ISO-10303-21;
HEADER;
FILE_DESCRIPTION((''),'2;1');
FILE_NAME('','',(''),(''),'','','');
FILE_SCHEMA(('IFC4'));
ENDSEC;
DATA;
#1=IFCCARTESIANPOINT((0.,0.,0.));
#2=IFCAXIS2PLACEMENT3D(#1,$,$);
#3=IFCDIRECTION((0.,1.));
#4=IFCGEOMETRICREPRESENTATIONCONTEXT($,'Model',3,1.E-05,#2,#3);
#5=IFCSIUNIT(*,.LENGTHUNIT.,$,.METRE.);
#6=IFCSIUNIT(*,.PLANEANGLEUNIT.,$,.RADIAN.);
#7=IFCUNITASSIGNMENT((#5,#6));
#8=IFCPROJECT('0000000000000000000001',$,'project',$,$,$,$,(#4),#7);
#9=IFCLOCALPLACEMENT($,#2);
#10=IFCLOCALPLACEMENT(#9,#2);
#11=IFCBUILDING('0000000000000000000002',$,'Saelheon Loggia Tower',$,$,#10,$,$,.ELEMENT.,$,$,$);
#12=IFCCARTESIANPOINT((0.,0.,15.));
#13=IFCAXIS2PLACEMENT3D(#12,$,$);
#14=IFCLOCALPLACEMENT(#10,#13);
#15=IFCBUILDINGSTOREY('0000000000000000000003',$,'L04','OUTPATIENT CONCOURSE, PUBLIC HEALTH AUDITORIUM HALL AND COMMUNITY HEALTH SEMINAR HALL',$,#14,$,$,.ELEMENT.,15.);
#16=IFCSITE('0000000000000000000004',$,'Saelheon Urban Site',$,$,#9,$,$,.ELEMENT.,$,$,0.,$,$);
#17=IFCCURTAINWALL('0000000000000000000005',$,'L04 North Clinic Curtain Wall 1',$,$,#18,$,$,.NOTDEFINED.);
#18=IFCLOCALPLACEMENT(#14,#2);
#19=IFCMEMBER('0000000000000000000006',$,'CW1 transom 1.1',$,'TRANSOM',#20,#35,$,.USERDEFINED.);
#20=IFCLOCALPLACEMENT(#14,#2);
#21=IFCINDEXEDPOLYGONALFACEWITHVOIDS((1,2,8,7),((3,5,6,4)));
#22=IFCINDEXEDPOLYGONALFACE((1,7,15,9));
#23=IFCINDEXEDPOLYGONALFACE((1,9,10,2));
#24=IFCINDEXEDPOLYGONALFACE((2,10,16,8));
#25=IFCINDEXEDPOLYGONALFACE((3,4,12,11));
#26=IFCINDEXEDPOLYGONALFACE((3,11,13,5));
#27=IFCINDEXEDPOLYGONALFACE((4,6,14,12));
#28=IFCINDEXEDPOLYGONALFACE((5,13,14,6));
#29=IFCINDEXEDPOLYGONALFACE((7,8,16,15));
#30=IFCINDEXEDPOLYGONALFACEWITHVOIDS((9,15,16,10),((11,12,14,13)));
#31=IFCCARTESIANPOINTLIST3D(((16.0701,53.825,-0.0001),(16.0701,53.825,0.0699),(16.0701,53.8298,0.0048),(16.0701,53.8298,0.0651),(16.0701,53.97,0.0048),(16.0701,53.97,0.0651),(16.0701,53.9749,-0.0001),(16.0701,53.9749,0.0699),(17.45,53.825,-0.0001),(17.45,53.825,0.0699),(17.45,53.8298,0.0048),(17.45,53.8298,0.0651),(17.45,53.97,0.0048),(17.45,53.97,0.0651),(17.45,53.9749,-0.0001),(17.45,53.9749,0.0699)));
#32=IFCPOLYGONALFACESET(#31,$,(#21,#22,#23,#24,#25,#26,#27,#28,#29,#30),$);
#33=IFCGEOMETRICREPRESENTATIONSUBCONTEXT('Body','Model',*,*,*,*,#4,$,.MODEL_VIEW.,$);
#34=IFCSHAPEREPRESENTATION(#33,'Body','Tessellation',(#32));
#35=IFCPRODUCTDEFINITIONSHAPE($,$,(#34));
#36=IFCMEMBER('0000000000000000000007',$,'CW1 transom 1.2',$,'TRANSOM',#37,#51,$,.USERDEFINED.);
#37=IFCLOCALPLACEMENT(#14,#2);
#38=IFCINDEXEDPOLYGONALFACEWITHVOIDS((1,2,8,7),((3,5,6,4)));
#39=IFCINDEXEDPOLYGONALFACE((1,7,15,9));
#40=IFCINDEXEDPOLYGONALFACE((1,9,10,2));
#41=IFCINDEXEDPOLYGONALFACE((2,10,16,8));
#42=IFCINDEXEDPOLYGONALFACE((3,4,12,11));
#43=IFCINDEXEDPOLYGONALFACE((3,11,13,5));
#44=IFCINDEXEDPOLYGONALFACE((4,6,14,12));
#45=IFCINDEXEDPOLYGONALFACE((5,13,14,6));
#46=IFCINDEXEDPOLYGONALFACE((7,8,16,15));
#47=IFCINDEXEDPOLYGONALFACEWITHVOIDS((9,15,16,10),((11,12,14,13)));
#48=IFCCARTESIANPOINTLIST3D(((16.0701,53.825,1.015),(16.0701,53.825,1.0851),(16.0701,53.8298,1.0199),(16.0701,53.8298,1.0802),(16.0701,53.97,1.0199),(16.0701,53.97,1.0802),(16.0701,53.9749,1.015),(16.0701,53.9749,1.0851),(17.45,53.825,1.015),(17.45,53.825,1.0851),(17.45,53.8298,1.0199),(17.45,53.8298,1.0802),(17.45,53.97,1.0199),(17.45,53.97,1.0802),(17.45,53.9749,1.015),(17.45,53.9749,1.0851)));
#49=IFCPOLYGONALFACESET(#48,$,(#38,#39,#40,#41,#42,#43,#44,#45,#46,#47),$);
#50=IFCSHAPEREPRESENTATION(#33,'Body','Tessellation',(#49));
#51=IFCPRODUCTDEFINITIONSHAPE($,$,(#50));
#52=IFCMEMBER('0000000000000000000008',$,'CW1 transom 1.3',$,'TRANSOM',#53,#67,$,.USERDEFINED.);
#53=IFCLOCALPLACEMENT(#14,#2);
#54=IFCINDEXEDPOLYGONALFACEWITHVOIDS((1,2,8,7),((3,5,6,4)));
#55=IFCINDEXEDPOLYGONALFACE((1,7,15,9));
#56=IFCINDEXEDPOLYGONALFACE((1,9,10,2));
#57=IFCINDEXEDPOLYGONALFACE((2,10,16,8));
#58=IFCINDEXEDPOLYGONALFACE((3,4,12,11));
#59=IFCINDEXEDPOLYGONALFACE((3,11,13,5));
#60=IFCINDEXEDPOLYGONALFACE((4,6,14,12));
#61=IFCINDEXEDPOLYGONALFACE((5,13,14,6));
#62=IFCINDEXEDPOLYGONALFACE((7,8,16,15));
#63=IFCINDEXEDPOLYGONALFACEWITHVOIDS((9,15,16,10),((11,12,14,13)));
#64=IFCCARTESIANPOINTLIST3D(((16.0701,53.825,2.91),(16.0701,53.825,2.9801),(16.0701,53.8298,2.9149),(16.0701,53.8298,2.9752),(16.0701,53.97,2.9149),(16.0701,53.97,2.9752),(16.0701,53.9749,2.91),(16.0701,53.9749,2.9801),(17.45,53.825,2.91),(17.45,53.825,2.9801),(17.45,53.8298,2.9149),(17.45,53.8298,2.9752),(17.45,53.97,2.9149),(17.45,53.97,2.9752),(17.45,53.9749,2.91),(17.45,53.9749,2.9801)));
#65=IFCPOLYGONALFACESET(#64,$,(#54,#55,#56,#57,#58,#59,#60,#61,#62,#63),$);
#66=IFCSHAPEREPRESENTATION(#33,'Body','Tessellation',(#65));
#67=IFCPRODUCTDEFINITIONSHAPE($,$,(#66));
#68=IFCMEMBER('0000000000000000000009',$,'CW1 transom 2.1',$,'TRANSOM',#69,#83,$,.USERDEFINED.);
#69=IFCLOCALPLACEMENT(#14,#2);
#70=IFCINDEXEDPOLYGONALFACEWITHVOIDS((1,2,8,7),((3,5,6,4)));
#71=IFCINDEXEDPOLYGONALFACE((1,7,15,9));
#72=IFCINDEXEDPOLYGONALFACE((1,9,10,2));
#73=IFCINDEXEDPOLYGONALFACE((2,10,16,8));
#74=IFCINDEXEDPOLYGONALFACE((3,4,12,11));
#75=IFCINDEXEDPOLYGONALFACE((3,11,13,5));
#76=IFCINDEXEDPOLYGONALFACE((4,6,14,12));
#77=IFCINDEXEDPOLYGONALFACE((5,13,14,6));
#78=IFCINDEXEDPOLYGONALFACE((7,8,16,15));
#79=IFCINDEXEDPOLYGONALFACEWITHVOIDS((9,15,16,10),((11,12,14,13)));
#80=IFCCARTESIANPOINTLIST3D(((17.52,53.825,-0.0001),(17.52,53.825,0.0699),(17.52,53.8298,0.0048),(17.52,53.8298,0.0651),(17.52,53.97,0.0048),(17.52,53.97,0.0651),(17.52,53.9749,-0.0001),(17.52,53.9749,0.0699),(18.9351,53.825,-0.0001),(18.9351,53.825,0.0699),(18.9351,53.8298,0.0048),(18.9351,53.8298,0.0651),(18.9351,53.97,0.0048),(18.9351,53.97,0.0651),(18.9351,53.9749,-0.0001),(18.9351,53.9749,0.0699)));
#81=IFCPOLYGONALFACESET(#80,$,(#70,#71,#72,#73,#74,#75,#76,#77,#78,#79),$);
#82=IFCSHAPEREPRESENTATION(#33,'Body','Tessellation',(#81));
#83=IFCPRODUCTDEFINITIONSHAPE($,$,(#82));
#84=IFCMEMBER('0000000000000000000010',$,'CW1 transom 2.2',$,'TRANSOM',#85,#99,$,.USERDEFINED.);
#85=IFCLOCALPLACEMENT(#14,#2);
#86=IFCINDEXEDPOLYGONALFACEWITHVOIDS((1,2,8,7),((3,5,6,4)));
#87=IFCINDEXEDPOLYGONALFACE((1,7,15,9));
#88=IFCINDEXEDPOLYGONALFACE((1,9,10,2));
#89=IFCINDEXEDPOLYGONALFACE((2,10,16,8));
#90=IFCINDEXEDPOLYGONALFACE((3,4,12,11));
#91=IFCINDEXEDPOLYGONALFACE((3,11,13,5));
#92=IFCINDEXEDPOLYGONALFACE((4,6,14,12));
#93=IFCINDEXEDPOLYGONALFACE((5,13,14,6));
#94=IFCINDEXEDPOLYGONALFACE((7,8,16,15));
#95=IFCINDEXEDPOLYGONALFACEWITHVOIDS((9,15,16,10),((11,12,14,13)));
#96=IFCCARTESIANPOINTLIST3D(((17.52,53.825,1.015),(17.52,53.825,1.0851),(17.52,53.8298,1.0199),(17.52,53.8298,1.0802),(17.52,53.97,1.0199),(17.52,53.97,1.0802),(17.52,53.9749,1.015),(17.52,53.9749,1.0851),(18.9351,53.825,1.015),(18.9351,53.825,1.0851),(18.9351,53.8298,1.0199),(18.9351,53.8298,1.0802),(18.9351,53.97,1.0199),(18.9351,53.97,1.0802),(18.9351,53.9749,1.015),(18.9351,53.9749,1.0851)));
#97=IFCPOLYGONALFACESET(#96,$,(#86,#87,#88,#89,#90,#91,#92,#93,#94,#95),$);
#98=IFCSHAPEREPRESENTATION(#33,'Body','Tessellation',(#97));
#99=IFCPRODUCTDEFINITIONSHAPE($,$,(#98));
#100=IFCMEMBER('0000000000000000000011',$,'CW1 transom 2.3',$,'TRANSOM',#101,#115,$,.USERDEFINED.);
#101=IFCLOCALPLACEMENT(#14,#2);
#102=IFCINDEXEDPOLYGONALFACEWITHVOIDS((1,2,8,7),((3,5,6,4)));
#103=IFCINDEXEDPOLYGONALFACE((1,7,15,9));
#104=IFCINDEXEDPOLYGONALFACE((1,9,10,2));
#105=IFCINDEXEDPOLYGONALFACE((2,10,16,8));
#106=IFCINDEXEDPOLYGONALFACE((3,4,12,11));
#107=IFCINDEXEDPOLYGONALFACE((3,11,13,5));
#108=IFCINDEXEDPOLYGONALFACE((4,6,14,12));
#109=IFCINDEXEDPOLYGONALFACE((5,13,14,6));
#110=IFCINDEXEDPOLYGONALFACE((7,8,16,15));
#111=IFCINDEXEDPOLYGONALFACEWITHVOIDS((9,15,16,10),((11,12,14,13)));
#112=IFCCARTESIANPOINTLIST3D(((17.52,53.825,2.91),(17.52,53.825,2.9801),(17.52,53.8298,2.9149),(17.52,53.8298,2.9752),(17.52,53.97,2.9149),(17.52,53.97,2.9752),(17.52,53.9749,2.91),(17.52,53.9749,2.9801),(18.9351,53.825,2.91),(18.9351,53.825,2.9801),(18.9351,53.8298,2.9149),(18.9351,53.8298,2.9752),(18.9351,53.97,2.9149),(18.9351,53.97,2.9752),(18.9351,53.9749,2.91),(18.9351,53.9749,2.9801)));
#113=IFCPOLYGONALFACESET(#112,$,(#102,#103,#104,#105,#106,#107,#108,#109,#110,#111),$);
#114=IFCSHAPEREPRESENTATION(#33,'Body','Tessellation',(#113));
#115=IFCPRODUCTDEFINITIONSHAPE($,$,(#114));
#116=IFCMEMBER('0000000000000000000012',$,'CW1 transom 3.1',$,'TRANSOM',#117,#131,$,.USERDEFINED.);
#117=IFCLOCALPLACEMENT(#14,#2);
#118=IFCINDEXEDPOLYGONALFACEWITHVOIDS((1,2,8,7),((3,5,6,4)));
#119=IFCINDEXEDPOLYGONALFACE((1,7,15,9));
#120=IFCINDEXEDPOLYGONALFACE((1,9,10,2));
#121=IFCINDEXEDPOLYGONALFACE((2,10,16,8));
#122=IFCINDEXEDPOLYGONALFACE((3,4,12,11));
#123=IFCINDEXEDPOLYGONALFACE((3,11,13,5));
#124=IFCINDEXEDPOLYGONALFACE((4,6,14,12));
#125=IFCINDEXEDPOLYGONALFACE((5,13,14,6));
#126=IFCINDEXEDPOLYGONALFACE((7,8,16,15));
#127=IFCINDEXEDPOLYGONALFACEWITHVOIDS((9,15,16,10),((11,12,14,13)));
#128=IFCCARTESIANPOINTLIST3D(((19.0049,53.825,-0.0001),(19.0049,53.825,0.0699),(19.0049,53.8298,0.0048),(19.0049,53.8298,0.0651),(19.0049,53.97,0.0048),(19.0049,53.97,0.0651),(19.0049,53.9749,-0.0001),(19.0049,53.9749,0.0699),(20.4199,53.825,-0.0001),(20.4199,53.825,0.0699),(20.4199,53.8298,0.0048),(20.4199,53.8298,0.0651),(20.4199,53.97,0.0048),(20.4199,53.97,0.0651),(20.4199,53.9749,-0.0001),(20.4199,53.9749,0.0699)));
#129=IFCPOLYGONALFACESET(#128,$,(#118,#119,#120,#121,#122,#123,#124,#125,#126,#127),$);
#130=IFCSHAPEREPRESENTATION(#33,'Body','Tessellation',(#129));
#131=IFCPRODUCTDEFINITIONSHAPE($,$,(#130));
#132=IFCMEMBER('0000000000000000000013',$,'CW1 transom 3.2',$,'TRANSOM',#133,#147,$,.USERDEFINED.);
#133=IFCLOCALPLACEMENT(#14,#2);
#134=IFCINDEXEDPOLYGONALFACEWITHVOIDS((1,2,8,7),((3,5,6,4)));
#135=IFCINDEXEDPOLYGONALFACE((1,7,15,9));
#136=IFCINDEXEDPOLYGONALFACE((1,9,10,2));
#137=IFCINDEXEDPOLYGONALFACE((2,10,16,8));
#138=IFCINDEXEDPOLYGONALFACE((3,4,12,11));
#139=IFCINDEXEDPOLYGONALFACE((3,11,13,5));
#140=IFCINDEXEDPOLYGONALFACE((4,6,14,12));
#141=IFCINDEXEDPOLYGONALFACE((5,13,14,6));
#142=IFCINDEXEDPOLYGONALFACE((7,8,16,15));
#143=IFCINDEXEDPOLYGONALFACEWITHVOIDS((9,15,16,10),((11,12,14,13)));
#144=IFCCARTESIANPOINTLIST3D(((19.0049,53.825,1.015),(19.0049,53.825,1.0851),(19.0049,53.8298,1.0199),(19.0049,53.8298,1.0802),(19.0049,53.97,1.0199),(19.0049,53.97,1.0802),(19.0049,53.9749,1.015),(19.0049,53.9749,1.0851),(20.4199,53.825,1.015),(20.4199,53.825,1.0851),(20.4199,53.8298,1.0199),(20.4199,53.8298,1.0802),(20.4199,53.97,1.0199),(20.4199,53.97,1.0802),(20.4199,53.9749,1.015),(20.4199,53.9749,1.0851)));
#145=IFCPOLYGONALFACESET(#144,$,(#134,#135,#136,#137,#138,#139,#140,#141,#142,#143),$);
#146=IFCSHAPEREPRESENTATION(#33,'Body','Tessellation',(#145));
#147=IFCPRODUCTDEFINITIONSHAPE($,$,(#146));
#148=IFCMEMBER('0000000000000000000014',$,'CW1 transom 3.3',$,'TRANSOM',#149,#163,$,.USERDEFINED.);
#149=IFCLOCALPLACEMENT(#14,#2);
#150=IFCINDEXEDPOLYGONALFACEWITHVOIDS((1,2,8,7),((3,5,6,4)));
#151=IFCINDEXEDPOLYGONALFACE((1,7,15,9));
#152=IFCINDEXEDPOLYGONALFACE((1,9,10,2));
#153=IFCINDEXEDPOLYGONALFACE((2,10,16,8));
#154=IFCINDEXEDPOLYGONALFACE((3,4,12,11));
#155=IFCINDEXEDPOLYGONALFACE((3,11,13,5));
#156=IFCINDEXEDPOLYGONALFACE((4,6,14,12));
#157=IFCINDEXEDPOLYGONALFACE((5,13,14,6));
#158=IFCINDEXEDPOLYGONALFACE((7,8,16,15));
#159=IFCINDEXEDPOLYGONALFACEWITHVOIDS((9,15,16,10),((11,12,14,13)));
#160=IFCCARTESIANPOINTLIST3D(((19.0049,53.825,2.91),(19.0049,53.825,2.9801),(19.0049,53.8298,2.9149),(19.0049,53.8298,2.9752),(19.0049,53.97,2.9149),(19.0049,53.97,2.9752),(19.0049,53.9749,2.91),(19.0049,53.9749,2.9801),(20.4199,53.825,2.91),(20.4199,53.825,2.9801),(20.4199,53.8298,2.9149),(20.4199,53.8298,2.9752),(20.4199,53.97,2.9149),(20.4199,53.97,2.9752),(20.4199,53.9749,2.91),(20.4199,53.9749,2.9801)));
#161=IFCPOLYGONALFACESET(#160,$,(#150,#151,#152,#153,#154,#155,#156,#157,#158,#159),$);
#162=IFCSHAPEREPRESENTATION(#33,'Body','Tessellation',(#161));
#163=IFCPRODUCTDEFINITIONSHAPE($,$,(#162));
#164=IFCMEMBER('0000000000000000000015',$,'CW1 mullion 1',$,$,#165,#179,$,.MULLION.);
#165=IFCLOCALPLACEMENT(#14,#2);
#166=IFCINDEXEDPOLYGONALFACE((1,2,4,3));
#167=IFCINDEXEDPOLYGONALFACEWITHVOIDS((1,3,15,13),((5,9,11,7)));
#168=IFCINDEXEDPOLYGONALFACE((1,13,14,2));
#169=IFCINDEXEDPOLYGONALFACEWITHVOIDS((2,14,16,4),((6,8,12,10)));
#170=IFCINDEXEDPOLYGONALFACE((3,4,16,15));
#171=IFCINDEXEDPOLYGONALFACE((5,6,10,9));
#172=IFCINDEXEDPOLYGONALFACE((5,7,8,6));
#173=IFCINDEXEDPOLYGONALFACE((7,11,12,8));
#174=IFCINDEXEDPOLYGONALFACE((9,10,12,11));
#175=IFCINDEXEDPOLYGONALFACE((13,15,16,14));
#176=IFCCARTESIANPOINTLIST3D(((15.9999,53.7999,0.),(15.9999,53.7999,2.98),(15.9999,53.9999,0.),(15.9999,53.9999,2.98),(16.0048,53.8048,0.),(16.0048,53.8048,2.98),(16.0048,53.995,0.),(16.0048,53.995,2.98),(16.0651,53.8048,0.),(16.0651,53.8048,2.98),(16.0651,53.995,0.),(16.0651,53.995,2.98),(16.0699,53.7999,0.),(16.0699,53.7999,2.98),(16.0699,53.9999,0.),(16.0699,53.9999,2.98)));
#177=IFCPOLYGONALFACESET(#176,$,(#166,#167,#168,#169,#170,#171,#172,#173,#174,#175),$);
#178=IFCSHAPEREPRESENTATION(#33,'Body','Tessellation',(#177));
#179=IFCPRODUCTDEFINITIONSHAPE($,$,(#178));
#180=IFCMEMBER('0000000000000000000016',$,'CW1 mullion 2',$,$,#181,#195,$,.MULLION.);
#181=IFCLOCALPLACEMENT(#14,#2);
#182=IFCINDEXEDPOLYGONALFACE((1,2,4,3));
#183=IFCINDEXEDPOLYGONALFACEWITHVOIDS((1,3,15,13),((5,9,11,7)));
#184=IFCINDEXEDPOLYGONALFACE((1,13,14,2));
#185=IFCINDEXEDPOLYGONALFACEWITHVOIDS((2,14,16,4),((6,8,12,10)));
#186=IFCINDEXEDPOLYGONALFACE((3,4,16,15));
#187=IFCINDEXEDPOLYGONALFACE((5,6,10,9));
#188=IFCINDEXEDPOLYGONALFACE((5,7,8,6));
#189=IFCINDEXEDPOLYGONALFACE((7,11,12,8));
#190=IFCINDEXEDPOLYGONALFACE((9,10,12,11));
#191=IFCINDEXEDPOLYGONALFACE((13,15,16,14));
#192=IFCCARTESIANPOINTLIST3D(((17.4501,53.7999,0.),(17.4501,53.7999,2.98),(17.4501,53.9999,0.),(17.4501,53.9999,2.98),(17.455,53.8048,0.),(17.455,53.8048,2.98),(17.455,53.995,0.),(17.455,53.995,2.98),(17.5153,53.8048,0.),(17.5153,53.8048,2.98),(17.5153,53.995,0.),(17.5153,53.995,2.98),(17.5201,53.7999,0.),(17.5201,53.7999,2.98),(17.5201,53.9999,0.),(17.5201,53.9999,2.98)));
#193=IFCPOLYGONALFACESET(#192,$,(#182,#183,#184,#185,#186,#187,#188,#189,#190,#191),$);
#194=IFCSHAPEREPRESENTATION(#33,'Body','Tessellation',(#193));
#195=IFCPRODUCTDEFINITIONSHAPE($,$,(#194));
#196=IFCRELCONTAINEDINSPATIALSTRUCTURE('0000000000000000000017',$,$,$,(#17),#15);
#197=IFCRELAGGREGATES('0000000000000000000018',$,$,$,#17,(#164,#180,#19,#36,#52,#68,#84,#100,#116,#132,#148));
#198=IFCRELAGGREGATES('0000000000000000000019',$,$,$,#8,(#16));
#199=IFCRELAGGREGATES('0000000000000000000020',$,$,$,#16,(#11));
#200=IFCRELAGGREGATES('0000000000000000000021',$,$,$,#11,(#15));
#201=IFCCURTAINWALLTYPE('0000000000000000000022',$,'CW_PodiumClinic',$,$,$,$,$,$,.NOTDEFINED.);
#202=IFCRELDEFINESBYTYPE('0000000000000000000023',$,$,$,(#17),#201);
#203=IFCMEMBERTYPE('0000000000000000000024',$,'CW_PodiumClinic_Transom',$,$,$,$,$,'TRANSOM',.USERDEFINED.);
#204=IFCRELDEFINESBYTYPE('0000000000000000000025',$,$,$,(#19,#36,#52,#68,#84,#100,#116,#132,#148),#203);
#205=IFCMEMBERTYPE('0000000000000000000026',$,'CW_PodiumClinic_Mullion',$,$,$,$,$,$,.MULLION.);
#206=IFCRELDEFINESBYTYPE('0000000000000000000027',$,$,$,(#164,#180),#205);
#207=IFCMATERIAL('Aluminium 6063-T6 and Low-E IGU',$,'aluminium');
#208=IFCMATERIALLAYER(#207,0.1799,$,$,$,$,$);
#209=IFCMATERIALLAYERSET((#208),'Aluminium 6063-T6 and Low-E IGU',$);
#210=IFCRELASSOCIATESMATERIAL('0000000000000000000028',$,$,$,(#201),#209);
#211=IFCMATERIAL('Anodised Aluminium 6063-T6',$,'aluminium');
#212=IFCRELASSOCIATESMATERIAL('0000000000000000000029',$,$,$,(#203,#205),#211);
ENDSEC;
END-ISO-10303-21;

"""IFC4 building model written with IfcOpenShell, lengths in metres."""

from ifc_helpers import new_model, si_unit, direction, frame, origin, origin_2d, place, context, subcontext, project, spatial, hollow_rectangle, extrude, source, transform, mapped, material, layer, layer_set, material_profile, profile_set, type_object, element, aggregate, save


model = new_model("IFC4")

# Units and contexts
model_context = context("Model", 3, precision=1e-05, world=origin(), true_north=direction((0.0, 1.0)))
body_context = subcontext(model_context, "Body", "Model", "MODEL_VIEW")
ifc_project = project(units=[si_unit("LENGTHUNIT", "METRE"), si_unit("PLANEANGLEUNIT", "RADIAN")], contexts=[model_context])

# Site, building, storey
site_placement = place(None, origin())
site = spatial("IfcSite", under=ifc_project, at=site_placement, Name="Saelheon Urban Site", CompositionType="ELEMENT", RefElevation=0.0)
building_placement = place(site_placement, origin())
building = spatial("IfcBuilding", under=site, at=building_placement, Name="Saelheon Loggia Tower", CompositionType="ELEMENT")
storey_placement = place(building_placement, frame((0.0, 0.0, 15.0)))
storey = spatial("IfcBuildingStorey", under=building, at=storey_placement, Name="L04", Description="OUTPATIENT CONCOURSE, PUBLIC HEALTH AUDITORIUM HALL AND COMMUNITY HEALTH SEMINAR HALL", CompositionType="ELEMENT", Elevation=15.0)

# Curtain wall, members
ifc_material_1 = material(Name="Aluminium 6063-T6 and Low-E IGU", Category="aluminium")
ifc_layer_1 = layer(ifc_material_1, 0.1799)
ifc_layer_set_1 = layer_set([ifc_layer_1], Name="Aluminium 6063-T6 and Low-E IGU")
curtain_wall_type = type_object("IfcCurtainWallType", Name="CW_PodiumClinic", PredefinedType="NOTDEFINED", material=ifc_layer_set_1)
curtain_wall_placement = place(storey_placement, origin())
curtain_wall = element("IfcCurtainWall", 1, at=curtain_wall_placement, inside=storey, type_object=curtain_wall_type, Name="L04 North Clinic Curtain Wall 1", PredefinedType="NOTDEFINED")
ifc_material_2 = material(Name="Anodised Aluminium 6063-T6", Category="aluminium")
ifc_material_profile_1 = material_profile(ifc_material_2, hollow_rectangle(XDim=0.0701, YDim=0.1499, WallThickness=0.0049, at=origin_2d()), Name="RHS-150x70x5")
ifc_profile_set_1 = profile_set([ifc_material_profile_1], Name="Anodised Aluminium 6063-T6")
member_type_1 = type_object("IfcMemberType", Name="CW_PodiumClinic_Transom", ElementType="TRANSOM", PredefinedType="USERDEFINED", material=ifc_profile_set_1)
shared_shape_1 = source(origin(), body_context, "Body", "SweptSolid", [
    extrude(hollow_rectangle(XDim=0.0701, YDim=0.1499, WallThickness=0.0049, at=origin_2d()), origin(), (0.0, 0.0, 1.0), 1.3799),
])
member_1_placement = place(storey_placement, frame((16.0701, 53.8999, 0.0349), z_axis=(1.0, 0.0, 0.0), x_axis=(0.0, 0.0, 1.0)))
member_1 = element("IfcMember", 2, at=member_1_placement, type_object=member_type_1, Name="CW1 transom 1.1", ObjectType="TRANSOM", PredefinedType="USERDEFINED", context=body_context, shape_type="MappedRepresentation", body=[
    mapped(shared_shape_1, transform((0.0, 0.0, 0.0), scale=1.0)),
])
member_2_placement = place(storey_placement, frame((16.0701, 53.8999, 1.05), z_axis=(1.0, 0.0, 0.0), x_axis=(0.0, 0.0, 1.0)))
member_2 = element("IfcMember", 3, at=member_2_placement, type_object=member_type_1, Name="CW1 transom 1.2", ObjectType="TRANSOM", PredefinedType="USERDEFINED", context=body_context, shape_type="MappedRepresentation", body=[
    mapped(shared_shape_1, transform((0.0, 0.0, 0.0), scale=1.0)),
])
member_3_placement = place(storey_placement, frame((16.0701, 53.8999, 2.9451), z_axis=(1.0, 0.0, 0.0), x_axis=(0.0, 0.0, 1.0)))
member_3 = element("IfcMember", 4, at=member_3_placement, type_object=member_type_1, Name="CW1 transom 1.3", ObjectType="TRANSOM", PredefinedType="USERDEFINED", context=body_context, shape_type="MappedRepresentation", body=[
    mapped(shared_shape_1, transform((0.0, 0.0, 0.0), scale=1.0)),
])
shared_shape_2 = source(origin(), body_context, "Body", "SweptSolid", [
    extrude(hollow_rectangle(XDim=0.0701, YDim=0.1499, WallThickness=0.0049, at=origin_2d()), origin(), (0.0, 0.0, 1.0), 1.415),
])
member_4_placement = place(storey_placement, frame((17.52, 53.8999, 0.0349), z_axis=(1.0, 0.0, 0.0), x_axis=(0.0, 0.0, 1.0)))
member_4 = element("IfcMember", 5, at=member_4_placement, type_object=member_type_1, Name="CW1 transom 2.1", ObjectType="TRANSOM", PredefinedType="USERDEFINED", context=body_context, shape_type="MappedRepresentation", body=[
    mapped(shared_shape_2, transform((0.0, 0.0, 0.0), scale=1.0)),
])
member_5_placement = place(storey_placement, frame((17.52, 53.8999, 1.05), z_axis=(1.0, 0.0, 0.0), x_axis=(0.0, 0.0, 1.0)))
member_5 = element("IfcMember", 6, at=member_5_placement, type_object=member_type_1, Name="CW1 transom 2.2", ObjectType="TRANSOM", PredefinedType="USERDEFINED", context=body_context, shape_type="MappedRepresentation", body=[
    mapped(shared_shape_2, transform((0.0, 0.0, 0.0), scale=1.0)),
])
member_6_placement = place(storey_placement, frame((17.52, 53.8999, 2.9451), z_axis=(1.0, 0.0, 0.0), x_axis=(0.0, 0.0, 1.0)))
member_6 = element("IfcMember", 7, at=member_6_placement, type_object=member_type_1, Name="CW1 transom 2.3", ObjectType="TRANSOM", PredefinedType="USERDEFINED", context=body_context, shape_type="MappedRepresentation", body=[
    mapped(shared_shape_2, transform((0.0, 0.0, 0.0), scale=1.0)),
])
member_7_placement = place(storey_placement, frame((19.0049, 53.8999, 0.0349), z_axis=(1.0, 0.0, 0.0), x_axis=(0.0, 0.0, 1.0)))
member_7 = element("IfcMember", 8, at=member_7_placement, type_object=member_type_1, Name="CW1 transom 3.1", ObjectType="TRANSOM", PredefinedType="USERDEFINED", context=body_context, shape_type="MappedRepresentation", body=[
    mapped(shared_shape_2, transform((0.0, 0.0, 0.0), scale=1.0)),
])
member_8_placement = place(storey_placement, frame((19.0049, 53.8999, 1.05), z_axis=(1.0, 0.0, 0.0), x_axis=(0.0, 0.0, 1.0)))
member_8 = element("IfcMember", 9, at=member_8_placement, type_object=member_type_1, Name="CW1 transom 3.2", ObjectType="TRANSOM", PredefinedType="USERDEFINED", context=body_context, shape_type="MappedRepresentation", body=[
    mapped(shared_shape_2, transform((0.0, 0.0, 0.0), scale=1.0)),
])
member_9_placement = place(storey_placement, frame((19.0049, 53.8999, 2.9451), z_axis=(1.0, 0.0, 0.0), x_axis=(0.0, 0.0, 1.0)))
member_9 = element("IfcMember", 10, at=member_9_placement, type_object=member_type_1, Name="CW1 transom 3.3", ObjectType="TRANSOM", PredefinedType="USERDEFINED", context=body_context, shape_type="MappedRepresentation", body=[
    mapped(shared_shape_2, transform((0.0, 0.0, 0.0), scale=1.0)),
])
ifc_material_profile_2 = material_profile(ifc_material_2, hollow_rectangle(XDim=0.0701, YDim=0.2, WallThickness=0.0049, at=origin_2d()), Name="RHS-200x70x5")
ifc_profile_set_2 = profile_set([ifc_material_profile_2], Name="Anodised Aluminium 6063-T6")
member_type_2 = type_object("IfcMemberType", Name="CW_PodiumClinic_Mullion", PredefinedType="MULLION", material=ifc_profile_set_2)
shared_shape_3 = source(origin(), body_context, "Body", "SweptSolid", [
    extrude(hollow_rectangle(XDim=0.0701, YDim=0.2, WallThickness=0.0049, at=origin_2d()), origin(), (0.0, 0.0, 1.0), 2.98),
])
member_10_placement = place(storey_placement, frame((16.0349, 53.8999, 0.0), z_axis=(0.0, 0.0, 1.0), x_axis=(1.0, 0.0, 0.0)))
member_10 = element("IfcMember", 11, at=member_10_placement, type_object=member_type_2, Name="CW1 mullion 1", PredefinedType="MULLION", context=body_context, shape_type="MappedRepresentation", body=[
    mapped(shared_shape_3, transform((0.0, 0.0, 0.0), scale=1.0)),
])
member_11_placement = place(storey_placement, frame((17.4851, 53.8999, 0.0), z_axis=(0.0, 0.0, 1.0), x_axis=(1.0, 0.0, 0.0)))
member_11 = element("IfcMember", 12, at=member_11_placement, type_object=member_type_2, Name="CW1 mullion 2", PredefinedType="MULLION", context=body_context, shape_type="MappedRepresentation", body=[
    mapped(shared_shape_3, transform((0.0, 0.0, 0.0), scale=1.0)),
])
aggregate(curtain_wall, [member_10, member_11, member_1, member_2, member_3, member_4, member_5, member_6, member_7, member_8, member_9])

save(model, "model.ifc")
